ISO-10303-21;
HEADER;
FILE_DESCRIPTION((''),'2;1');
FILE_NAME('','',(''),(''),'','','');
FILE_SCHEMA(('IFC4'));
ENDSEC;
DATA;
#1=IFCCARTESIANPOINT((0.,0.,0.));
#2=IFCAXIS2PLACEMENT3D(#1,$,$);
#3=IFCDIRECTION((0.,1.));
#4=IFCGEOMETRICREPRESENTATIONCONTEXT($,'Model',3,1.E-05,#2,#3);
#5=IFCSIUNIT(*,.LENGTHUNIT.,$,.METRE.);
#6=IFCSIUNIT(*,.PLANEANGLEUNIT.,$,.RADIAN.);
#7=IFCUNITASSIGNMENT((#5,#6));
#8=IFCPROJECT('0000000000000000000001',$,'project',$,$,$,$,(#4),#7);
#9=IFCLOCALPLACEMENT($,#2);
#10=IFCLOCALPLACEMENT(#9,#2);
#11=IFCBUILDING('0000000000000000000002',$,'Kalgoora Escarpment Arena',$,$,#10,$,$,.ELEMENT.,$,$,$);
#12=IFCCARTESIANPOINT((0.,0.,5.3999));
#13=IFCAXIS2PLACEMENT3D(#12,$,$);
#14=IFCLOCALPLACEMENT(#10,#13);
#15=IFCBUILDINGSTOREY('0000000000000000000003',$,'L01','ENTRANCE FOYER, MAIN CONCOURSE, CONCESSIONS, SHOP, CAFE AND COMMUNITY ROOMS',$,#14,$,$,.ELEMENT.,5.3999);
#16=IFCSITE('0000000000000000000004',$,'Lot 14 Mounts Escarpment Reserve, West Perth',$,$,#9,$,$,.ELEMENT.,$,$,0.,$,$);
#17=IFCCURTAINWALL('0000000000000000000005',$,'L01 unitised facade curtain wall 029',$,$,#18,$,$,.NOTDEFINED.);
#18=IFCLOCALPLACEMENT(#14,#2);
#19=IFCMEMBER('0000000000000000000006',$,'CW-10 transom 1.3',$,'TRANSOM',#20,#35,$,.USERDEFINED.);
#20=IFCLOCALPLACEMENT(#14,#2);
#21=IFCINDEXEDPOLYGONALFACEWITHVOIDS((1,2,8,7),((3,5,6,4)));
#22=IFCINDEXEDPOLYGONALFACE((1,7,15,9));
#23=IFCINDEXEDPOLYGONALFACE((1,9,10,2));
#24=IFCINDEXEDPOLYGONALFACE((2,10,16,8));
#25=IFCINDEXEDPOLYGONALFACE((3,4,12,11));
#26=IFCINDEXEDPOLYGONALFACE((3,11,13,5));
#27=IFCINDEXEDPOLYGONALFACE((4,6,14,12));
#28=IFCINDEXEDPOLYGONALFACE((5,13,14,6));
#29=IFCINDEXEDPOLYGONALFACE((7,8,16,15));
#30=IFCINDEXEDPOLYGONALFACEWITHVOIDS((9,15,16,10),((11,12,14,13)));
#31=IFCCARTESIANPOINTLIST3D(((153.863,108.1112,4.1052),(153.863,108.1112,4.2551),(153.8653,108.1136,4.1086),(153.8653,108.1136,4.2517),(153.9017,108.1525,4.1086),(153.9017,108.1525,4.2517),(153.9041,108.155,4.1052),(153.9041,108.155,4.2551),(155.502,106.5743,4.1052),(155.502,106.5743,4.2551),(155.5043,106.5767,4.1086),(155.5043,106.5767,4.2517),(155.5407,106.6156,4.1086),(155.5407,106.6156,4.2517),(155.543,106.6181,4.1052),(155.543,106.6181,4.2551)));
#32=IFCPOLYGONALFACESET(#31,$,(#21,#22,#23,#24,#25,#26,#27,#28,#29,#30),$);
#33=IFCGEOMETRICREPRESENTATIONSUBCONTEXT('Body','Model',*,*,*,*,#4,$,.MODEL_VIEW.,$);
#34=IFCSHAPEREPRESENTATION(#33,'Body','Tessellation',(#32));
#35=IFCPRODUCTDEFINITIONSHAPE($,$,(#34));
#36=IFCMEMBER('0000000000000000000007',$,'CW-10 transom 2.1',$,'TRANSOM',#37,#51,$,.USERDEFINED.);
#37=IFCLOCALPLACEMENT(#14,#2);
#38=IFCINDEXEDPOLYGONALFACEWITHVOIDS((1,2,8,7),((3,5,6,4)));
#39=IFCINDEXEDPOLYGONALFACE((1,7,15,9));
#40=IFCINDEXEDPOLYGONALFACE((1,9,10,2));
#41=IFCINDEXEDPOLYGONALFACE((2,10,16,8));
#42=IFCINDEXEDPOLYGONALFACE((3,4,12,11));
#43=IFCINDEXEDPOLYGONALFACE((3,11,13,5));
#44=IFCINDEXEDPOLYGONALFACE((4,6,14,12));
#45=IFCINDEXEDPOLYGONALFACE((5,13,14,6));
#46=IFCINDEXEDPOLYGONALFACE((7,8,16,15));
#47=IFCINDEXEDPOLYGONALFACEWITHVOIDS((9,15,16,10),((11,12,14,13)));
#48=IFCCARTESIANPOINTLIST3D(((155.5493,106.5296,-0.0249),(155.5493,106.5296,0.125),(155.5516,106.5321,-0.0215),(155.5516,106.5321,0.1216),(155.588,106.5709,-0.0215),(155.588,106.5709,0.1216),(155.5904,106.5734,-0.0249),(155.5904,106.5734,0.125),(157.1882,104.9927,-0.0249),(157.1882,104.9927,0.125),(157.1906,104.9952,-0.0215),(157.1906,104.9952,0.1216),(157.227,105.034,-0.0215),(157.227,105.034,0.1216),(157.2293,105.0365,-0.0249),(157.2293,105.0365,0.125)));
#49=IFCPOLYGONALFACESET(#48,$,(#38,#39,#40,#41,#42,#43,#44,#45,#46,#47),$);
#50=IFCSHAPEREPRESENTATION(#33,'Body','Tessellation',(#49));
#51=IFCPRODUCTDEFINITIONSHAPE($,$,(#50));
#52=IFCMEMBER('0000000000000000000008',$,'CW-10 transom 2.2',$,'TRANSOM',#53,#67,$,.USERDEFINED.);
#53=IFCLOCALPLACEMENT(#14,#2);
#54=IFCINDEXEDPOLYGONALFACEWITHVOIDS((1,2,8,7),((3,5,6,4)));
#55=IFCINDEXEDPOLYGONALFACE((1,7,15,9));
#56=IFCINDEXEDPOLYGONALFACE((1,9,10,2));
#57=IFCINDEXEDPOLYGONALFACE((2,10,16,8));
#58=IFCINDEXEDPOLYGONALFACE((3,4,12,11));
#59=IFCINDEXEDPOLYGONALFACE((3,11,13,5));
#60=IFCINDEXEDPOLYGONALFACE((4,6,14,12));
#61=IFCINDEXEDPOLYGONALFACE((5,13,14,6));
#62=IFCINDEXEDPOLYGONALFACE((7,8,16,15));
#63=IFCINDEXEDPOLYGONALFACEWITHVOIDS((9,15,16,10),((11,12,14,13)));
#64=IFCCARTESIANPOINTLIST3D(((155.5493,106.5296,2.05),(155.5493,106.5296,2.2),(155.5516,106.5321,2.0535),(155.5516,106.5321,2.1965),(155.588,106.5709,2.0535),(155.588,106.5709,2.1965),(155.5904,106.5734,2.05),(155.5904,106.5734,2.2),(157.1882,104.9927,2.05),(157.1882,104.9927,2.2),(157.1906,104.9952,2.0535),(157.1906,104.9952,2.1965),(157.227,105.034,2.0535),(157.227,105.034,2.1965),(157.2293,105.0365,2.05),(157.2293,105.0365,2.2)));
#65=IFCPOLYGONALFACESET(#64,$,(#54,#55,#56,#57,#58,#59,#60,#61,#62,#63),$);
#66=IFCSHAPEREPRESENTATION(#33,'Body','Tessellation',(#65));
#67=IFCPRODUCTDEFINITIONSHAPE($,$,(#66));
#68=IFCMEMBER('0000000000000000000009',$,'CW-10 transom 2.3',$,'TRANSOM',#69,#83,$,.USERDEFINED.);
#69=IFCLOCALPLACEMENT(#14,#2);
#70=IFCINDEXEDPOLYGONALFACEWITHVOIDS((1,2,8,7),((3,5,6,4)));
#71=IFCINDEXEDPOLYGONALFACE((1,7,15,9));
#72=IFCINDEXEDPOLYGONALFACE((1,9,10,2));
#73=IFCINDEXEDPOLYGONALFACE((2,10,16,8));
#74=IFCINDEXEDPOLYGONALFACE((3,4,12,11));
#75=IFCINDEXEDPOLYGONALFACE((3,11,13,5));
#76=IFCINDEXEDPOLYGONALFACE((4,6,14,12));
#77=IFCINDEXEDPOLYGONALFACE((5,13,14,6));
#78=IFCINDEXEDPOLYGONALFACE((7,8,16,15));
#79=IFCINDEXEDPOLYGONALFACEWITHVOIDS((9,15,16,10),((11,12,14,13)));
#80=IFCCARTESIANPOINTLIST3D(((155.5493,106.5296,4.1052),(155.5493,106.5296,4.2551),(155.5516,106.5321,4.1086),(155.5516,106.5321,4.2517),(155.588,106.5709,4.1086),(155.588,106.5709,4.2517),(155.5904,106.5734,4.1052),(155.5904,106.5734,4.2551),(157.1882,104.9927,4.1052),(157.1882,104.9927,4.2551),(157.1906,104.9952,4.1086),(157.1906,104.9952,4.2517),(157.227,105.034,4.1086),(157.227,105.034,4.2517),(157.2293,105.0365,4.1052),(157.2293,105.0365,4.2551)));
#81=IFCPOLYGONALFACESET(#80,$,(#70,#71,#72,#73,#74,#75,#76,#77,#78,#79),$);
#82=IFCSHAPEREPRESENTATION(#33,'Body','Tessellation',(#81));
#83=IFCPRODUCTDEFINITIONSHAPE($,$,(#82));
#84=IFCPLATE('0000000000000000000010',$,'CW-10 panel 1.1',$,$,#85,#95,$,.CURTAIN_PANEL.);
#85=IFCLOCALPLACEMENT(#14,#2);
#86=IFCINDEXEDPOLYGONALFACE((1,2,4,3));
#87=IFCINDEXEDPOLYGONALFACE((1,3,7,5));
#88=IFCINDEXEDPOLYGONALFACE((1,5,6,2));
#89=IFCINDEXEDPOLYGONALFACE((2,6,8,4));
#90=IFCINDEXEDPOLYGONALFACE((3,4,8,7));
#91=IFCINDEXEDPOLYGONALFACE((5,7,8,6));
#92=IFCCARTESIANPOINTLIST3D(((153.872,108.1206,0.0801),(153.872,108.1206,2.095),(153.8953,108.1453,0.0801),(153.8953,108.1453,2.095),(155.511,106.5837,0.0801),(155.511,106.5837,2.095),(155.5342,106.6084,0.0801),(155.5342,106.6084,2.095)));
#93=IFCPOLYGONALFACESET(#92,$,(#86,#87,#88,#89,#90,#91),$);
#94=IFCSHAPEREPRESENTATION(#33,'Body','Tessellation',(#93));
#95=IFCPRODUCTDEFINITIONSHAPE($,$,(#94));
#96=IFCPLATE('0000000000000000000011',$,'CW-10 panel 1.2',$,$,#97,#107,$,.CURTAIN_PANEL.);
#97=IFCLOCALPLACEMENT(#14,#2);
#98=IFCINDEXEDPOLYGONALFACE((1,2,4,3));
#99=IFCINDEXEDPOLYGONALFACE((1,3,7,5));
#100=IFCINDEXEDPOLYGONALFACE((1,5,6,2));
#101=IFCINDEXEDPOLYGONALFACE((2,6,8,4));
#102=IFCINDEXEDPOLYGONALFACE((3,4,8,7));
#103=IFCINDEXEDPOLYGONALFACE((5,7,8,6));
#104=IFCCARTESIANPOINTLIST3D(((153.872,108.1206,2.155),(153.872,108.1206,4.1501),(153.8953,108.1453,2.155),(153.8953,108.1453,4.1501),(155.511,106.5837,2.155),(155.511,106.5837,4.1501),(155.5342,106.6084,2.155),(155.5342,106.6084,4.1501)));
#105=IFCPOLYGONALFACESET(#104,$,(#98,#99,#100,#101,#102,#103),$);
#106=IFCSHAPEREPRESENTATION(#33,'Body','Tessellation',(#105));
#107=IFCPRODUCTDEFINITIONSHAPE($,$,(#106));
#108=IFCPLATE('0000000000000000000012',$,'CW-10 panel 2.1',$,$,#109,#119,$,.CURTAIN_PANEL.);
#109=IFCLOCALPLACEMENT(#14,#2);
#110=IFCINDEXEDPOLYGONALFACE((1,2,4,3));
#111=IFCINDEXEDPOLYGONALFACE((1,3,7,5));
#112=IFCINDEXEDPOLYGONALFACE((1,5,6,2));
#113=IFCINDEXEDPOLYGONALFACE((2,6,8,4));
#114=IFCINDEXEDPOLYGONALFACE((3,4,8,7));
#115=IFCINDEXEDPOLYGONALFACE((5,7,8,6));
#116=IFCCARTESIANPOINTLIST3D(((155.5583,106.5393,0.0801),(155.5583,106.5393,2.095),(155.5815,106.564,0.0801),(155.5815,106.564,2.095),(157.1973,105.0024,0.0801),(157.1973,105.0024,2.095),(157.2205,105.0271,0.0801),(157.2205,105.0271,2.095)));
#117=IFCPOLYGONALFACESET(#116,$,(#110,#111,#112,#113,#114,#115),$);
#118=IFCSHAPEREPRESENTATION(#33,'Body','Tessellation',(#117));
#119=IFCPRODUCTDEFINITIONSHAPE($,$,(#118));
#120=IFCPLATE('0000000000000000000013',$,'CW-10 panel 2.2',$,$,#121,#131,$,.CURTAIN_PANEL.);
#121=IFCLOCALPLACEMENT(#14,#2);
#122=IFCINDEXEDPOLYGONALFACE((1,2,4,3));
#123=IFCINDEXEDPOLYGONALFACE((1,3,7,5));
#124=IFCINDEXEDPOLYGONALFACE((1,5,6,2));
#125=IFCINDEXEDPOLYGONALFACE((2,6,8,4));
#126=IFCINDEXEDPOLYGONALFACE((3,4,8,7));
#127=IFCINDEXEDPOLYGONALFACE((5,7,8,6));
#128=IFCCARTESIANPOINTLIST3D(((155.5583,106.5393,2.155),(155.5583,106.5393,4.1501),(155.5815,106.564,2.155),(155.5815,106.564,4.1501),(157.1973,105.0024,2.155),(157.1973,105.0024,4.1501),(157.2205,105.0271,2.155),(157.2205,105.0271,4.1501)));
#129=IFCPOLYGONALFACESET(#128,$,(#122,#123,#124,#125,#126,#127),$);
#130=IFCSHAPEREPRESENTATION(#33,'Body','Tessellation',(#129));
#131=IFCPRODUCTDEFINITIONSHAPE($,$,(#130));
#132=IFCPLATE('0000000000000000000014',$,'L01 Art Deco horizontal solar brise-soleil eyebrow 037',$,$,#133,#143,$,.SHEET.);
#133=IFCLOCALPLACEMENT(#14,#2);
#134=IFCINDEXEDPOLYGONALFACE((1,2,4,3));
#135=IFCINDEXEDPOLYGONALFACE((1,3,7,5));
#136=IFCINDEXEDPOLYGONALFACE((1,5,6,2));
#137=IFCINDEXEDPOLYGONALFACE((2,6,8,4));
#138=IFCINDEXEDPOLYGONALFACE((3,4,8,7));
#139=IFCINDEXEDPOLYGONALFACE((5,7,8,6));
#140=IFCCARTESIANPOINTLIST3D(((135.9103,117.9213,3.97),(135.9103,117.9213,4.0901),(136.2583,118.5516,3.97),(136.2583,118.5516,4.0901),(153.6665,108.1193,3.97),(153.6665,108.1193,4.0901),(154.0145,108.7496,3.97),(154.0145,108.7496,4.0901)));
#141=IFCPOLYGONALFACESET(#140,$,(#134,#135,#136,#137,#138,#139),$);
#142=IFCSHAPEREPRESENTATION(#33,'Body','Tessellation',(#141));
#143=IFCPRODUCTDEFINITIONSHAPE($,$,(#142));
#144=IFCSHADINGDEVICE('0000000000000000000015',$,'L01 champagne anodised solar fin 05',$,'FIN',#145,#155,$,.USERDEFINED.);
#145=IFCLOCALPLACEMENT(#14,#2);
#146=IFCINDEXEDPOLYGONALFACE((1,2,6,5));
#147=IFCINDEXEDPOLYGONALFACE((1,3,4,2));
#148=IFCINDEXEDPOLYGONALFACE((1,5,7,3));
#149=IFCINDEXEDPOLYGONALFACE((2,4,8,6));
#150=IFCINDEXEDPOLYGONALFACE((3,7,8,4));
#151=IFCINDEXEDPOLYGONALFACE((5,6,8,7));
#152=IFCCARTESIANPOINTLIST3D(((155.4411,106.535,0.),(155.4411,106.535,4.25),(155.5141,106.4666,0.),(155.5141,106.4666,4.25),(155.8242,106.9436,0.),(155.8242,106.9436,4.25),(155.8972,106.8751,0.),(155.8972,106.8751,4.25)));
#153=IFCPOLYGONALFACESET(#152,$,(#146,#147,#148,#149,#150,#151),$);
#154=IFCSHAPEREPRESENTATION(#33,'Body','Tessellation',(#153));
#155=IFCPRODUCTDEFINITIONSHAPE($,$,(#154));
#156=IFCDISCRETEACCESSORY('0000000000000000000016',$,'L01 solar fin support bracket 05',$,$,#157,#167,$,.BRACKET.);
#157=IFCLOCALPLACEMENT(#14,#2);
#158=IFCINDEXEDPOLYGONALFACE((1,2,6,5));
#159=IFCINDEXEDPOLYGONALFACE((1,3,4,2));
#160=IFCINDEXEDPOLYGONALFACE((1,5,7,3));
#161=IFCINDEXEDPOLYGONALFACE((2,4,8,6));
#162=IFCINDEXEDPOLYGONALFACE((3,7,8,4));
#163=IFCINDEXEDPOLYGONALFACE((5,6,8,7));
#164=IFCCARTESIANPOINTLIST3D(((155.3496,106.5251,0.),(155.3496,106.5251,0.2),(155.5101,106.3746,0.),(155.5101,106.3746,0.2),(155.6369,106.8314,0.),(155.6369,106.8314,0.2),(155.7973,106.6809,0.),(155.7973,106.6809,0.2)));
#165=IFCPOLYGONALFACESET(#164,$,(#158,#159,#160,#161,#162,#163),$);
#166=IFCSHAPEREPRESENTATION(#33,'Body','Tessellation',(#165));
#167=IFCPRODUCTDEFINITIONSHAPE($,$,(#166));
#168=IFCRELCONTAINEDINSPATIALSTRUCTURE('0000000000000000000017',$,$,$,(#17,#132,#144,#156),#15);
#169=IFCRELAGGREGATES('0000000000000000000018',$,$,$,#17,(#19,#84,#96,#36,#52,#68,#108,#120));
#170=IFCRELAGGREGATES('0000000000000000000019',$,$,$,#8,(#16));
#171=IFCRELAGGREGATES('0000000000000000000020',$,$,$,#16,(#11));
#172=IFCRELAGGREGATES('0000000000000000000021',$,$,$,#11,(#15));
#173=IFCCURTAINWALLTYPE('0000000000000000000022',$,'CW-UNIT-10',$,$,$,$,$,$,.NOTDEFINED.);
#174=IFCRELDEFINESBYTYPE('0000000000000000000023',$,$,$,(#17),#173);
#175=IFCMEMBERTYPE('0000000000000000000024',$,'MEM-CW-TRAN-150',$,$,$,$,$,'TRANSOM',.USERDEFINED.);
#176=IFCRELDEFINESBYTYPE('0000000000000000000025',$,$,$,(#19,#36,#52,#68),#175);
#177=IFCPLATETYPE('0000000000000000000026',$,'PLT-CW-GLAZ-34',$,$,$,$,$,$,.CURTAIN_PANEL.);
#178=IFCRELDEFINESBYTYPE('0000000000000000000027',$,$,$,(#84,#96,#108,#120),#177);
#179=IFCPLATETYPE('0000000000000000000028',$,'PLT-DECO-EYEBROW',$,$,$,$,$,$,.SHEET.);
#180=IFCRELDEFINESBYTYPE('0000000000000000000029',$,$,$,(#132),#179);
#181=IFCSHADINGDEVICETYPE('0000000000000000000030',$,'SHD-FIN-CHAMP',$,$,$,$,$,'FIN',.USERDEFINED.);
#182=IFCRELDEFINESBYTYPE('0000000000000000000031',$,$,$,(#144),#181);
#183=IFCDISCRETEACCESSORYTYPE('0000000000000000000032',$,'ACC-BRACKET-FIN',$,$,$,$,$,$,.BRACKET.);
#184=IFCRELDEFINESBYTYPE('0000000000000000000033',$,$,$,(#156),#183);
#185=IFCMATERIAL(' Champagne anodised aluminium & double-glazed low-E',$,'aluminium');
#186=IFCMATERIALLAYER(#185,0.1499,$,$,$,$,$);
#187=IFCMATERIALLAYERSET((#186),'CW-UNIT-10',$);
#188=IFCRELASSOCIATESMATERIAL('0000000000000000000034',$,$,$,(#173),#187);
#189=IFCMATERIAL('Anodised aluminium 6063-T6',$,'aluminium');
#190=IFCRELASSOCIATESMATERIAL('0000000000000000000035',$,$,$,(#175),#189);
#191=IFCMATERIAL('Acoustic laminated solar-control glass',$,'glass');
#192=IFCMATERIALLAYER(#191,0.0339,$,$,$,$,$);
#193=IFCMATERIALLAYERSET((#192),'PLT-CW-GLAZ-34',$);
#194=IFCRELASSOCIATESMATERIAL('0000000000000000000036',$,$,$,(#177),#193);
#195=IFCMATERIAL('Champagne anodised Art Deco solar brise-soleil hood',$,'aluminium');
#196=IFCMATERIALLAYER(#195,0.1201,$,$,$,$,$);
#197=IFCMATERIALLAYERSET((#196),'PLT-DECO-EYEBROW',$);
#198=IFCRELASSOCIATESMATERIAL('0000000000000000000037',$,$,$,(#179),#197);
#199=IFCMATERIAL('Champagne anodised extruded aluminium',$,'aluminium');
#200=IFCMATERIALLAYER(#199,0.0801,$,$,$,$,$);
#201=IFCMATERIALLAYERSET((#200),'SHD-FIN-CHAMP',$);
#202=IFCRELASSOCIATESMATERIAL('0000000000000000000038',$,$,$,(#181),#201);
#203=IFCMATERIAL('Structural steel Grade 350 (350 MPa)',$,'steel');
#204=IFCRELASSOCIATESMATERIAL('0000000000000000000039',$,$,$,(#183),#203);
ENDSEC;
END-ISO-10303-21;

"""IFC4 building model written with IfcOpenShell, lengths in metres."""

from ifc_helpers import new_model, si_unit, direction, frame, origin, origin_2d, place, context, subcontext, project, spatial, rectangle, hollow_rectangle, extrude, material, layer, layer_set, material_profile, profile_set, type_object, element, aggregate, save


model = new_model("IFC4")

# Units and contexts
model_context = context("Model", 3, precision=1e-05, world=origin(), true_north=direction((0.0, 1.0)))
body_context = subcontext(model_context, "Body", "Model", "MODEL_VIEW")
ifc_project = project(units=[si_unit("LENGTHUNIT", "METRE"), si_unit("PLANEANGLEUNIT", "RADIAN")], contexts=[model_context])

# Site, building, storey
site_placement = place(None, origin())
site = spatial("IfcSite", under=ifc_project, at=site_placement, Name="Lot 14 Mounts Escarpment Reserve, West Perth", CompositionType="ELEMENT", RefElevation=0.0)
building_placement = place(site_placement, origin())
building = spatial("IfcBuilding", under=site, at=building_placement, Name="Kalgoora Escarpment Arena", CompositionType="ELEMENT")
storey_placement = place(building_placement, frame((0.0, 0.0, 5.3999)))
storey = spatial("IfcBuildingStorey", under=building, at=storey_placement, Name="L01", Description="ENTRANCE FOYER, MAIN CONCOURSE, CONCESSIONS, SHOP, CAFE AND COMMUNITY ROOMS", CompositionType="ELEMENT", Elevation=5.3999)

# Curtain wall
ifc_material_1 = material(Name=" Champagne anodised aluminium & double-glazed low-E", Category="aluminium")
ifc_layer_1 = layer(ifc_material_1, 0.1499)
ifc_layer_set_1 = layer_set([ifc_layer_1], Name="CW-UNIT-10")
curtain_wall_type_1 = type_object("IfcCurtainWallType", Name="CW-UNIT-10", PredefinedType="NOTDEFINED", material=ifc_layer_set_1)
curtain_wall_1_placement = place(storey_placement, origin())
curtain_wall_1 = element("IfcCurtainWall", 1, at=curtain_wall_1_placement, inside=storey, type_object=curtain_wall_type_1, Name="L01 unitised facade curtain wall 029", PredefinedType="NOTDEFINED")

# Members
ifc_material_2 = material(Name="Anodised aluminium 6063-T6", Category="aluminium")
ifc_material_profile_1 = material_profile(ifc_material_2, hollow_rectangle(XDim=0.0601, YDim=0.1499, WallThickness=0.0034, at=origin_2d()))
ifc_profile_set_1 = profile_set([ifc_material_profile_1], Name="Anodised aluminium 6063-T6")
member_type_1 = type_object("IfcMemberType", Name="MEM-CW-TRAN-150", ElementType="TRANSOM", PredefinedType="USERDEFINED", material=ifc_profile_set_1)
member_1_placement = place(storey_placement, frame((153.8835, 108.1331, 4.1802), z_axis=(0.729452, -0.684031, 0.0), x_axis=(0.684031, 0.729452, 0.0)))
member_1 = element("IfcMember", 2, at=member_1_placement, type_object=member_type_1, Name="CW-10 transom 1.3", ObjectType="TRANSOM", PredefinedType="USERDEFINED", context=body_context, shape_type="SweptSolid", body=[
    extrude(hollow_rectangle(XDim=0.0601, YDim=0.1499, WallThickness=0.0034, at=origin_2d()), origin(), (0.0, 0.0, 1.0), 2.2468),
])
member_2_placement = place(storey_placement, frame((155.5698, 106.5515, 0.05), z_axis=(0.729452, -0.684031, 0.0), x_axis=(0.684031, 0.729452, 0.0)))
member_2 = element("IfcMember", 3, at=member_2_placement, type_object=member_type_1, Name="CW-10 transom 2.1", ObjectType="TRANSOM", PredefinedType="USERDEFINED", context=body_context, shape_type="SweptSolid", body=[
    extrude(hollow_rectangle(XDim=0.0601, YDim=0.1499, WallThickness=0.0034, at=origin_2d()), origin(), (0.0, 0.0, 1.0), 2.2468),
])
member_3_placement = place(storey_placement, frame((155.5698, 106.5515, 2.125), z_axis=(0.729452, -0.684031, 0.0), x_axis=(0.684031, 0.729452, 0.0)))
member_3 = element("IfcMember", 4, at=member_3_placement, type_object=member_type_1, Name="CW-10 transom 2.2", ObjectType="TRANSOM", PredefinedType="USERDEFINED", context=body_context, shape_type="SweptSolid", body=[
    extrude(hollow_rectangle(XDim=0.0601, YDim=0.1499, WallThickness=0.0034, at=origin_2d()), origin(), (0.0, 0.0, 1.0), 2.2468),
])
member_4_placement = place(storey_placement, frame((155.5698, 106.5515, 4.1802), z_axis=(0.729452, -0.684031, 0.0), x_axis=(0.684031, 0.729452, 0.0)))
member_4 = element("IfcMember", 5, at=member_4_placement, type_object=member_type_1, Name="CW-10 transom 2.3", ObjectType="TRANSOM", PredefinedType="USERDEFINED", context=body_context, shape_type="SweptSolid", body=[
    extrude(hollow_rectangle(XDim=0.0601, YDim=0.1499, WallThickness=0.0034, at=origin_2d()), origin(), (0.0, 0.0, 1.0), 2.2468),
])

# Plates
ifc_material_3 = material(Name="Acoustic laminated solar-control glass", Category="glass")
ifc_layer_2 = layer(ifc_material_3, 0.0339)
ifc_layer_set_2 = layer_set([ifc_layer_2], Name="PLT-CW-GLAZ-34")
plate_type_1 = type_object("IfcPlateType", Name="PLT-CW-GLAZ-34", PredefinedType="CURTAIN_PANEL", material=ifc_layer_set_2)
plate_1_placement = place(storey_placement, frame((154.7031, 107.3645, 0.0801), z_axis=(0.0, 0.0, 1.0), x_axis=(0.729447, -0.684038, 0.0)))
plate_1 = element("IfcPlate", 6, at=plate_1_placement, type_object=plate_type_1, Name="CW-10 panel 1.1", PredefinedType="CURTAIN_PANEL", context=body_context, shape_type="SweptSolid", body=[
    extrude(rectangle(XDim=2.2468, YDim=0.0339, at=origin_2d()), origin(), (0.0, 0.0, 1.0), 2.0149),
])
plate_2_placement = place(storey_placement, frame((154.7031, 107.3645, 2.155), z_axis=(0.0, 0.0, 1.0), x_axis=(0.729447, -0.684038, 0.0)))
plate_2 = element("IfcPlate", 7, at=plate_2_placement, type_object=plate_type_1, Name="CW-10 panel 1.2", PredefinedType="CURTAIN_PANEL", context=body_context, shape_type="SweptSolid", body=[
    extrude(rectangle(XDim=2.2468, YDim=0.0339, at=origin_2d()), origin(), (0.0, 0.0, 1.0), 1.9951),
])
plate_3_placement = place(storey_placement, frame((156.3894, 105.7832, 0.0801), z_axis=(0.0, 0.0, 1.0), x_axis=(0.729447, -0.684038, 0.0)))
plate_3 = element("IfcPlate", 8, at=plate_3_placement, type_object=plate_type_1, Name="CW-10 panel 2.1", PredefinedType="CURTAIN_PANEL", context=body_context, shape_type="SweptSolid", body=[
    extrude(rectangle(XDim=2.2468, YDim=0.0339, at=origin_2d()), origin(), (0.0, 0.0, 1.0), 2.0149),
])
plate_4_placement = place(storey_placement, frame((156.3894, 105.7832, 2.155), z_axis=(0.0, 0.0, 1.0), x_axis=(0.729447, -0.684038, 0.0)))
plate_4 = element("IfcPlate", 9, at=plate_4_placement, type_object=plate_type_1, Name="CW-10 panel 2.2", PredefinedType="CURTAIN_PANEL", context=body_context, shape_type="SweptSolid", body=[
    extrude(rectangle(XDim=2.2468, YDim=0.0339, at=origin_2d()), origin(), (0.0, 0.0, 1.0), 1.9951),
])
aggregate(curtain_wall_1, [member_1, plate_1, plate_2, member_2, member_3, member_4, plate_3, plate_4])
ifc_material_4 = material(Name="Champagne anodised Art Deco solar brise-soleil hood", Category="aluminium")
ifc_layer_3 = layer(ifc_material_4, 0.1201)
ifc_layer_set_3 = layer_set([ifc_layer_3], Name="PLT-DECO-EYEBROW")
plate_type_2 = type_object("IfcPlateType", Name="PLT-DECO-EYEBROW", PredefinedType="SHEET", material=ifc_layer_set_3)
plate_5_placement = place(storey_placement, frame((144.9624, 113.3354, 3.97), z_axis=(0.0, 0.0, 1.0), x_axis=(0.875465, -0.483282, 0.0)))
element("IfcPlate", 10, at=plate_5_placement, inside=storey, type_object=plate_type_2, Name="L01 Art Deco horizontal solar brise-soleil eyebrow 037", PredefinedType="SHEET", context=body_context, shape_type="SweptSolid", body=[
    extrude(rectangle(XDim=20.282, YDim=0.72, at=origin_2d()), origin(), (0.0, 0.0, 1.0), 0.1201),
])

# Shading device
ifc_material_5 = material(Name="Champagne anodised extruded aluminium", Category="aluminium")
ifc_layer_4 = layer(ifc_material_5, 0.0801)
ifc_layer_set_4 = layer_set([ifc_layer_4], Name="SHD-FIN-CHAMP")
shading_device_type = type_object("IfcShadingDeviceType", Name="SHD-FIN-CHAMP", ElementType="FIN", PredefinedType="USERDEFINED", material=ifc_layer_set_4)
shading_device_placement = place(storey_placement, frame((155.6692, 106.7051, 0.0), z_axis=(0.0, 0.0, 1.0), x_axis=(0.684038, 0.729446, 0.0)))
element("IfcShadingDevice", 11, at=shading_device_placement, inside=storey, type_object=shading_device_type, Name="L01 champagne anodised solar fin 05", ObjectType="FIN", PredefinedType="USERDEFINED", context=body_context, shape_type="SweptSolid", body=[
    extrude(rectangle(XDim=0.5601, YDim=0.1001, at=origin_2d()), origin(), (0.0, 0.0, 1.0), 4.25),
])

# Discrete accessory
ifc_material_6 = material(Name="Structural steel Grade 350 (350 MPa)", Category="steel")
discrete_accessory_type = type_object("IfcDiscreteAccessoryType", Name="ACC-BRACKET-FIN", PredefinedType="BRACKET", material=ifc_material_6)
discrete_accessory_placement = place(storey_placement, frame((155.5735, 106.603, 0.0), z_axis=(0.0, 0.0, 1.0), x_axis=(0.684038, 0.729446, 0.0)))
element("IfcDiscreteAccessory", 12, at=discrete_accessory_placement, inside=storey, type_object=discrete_accessory_type, Name="L01 solar fin support bracket 05", PredefinedType="BRACKET", context=body_context, shape_type="SweptSolid", body=[
    extrude(rectangle(XDim=0.4199, YDim=0.22, at=origin_2d()), origin(), (0.0, 0.0, 1.0), 0.2),
])

save(model, "model.ifc")
